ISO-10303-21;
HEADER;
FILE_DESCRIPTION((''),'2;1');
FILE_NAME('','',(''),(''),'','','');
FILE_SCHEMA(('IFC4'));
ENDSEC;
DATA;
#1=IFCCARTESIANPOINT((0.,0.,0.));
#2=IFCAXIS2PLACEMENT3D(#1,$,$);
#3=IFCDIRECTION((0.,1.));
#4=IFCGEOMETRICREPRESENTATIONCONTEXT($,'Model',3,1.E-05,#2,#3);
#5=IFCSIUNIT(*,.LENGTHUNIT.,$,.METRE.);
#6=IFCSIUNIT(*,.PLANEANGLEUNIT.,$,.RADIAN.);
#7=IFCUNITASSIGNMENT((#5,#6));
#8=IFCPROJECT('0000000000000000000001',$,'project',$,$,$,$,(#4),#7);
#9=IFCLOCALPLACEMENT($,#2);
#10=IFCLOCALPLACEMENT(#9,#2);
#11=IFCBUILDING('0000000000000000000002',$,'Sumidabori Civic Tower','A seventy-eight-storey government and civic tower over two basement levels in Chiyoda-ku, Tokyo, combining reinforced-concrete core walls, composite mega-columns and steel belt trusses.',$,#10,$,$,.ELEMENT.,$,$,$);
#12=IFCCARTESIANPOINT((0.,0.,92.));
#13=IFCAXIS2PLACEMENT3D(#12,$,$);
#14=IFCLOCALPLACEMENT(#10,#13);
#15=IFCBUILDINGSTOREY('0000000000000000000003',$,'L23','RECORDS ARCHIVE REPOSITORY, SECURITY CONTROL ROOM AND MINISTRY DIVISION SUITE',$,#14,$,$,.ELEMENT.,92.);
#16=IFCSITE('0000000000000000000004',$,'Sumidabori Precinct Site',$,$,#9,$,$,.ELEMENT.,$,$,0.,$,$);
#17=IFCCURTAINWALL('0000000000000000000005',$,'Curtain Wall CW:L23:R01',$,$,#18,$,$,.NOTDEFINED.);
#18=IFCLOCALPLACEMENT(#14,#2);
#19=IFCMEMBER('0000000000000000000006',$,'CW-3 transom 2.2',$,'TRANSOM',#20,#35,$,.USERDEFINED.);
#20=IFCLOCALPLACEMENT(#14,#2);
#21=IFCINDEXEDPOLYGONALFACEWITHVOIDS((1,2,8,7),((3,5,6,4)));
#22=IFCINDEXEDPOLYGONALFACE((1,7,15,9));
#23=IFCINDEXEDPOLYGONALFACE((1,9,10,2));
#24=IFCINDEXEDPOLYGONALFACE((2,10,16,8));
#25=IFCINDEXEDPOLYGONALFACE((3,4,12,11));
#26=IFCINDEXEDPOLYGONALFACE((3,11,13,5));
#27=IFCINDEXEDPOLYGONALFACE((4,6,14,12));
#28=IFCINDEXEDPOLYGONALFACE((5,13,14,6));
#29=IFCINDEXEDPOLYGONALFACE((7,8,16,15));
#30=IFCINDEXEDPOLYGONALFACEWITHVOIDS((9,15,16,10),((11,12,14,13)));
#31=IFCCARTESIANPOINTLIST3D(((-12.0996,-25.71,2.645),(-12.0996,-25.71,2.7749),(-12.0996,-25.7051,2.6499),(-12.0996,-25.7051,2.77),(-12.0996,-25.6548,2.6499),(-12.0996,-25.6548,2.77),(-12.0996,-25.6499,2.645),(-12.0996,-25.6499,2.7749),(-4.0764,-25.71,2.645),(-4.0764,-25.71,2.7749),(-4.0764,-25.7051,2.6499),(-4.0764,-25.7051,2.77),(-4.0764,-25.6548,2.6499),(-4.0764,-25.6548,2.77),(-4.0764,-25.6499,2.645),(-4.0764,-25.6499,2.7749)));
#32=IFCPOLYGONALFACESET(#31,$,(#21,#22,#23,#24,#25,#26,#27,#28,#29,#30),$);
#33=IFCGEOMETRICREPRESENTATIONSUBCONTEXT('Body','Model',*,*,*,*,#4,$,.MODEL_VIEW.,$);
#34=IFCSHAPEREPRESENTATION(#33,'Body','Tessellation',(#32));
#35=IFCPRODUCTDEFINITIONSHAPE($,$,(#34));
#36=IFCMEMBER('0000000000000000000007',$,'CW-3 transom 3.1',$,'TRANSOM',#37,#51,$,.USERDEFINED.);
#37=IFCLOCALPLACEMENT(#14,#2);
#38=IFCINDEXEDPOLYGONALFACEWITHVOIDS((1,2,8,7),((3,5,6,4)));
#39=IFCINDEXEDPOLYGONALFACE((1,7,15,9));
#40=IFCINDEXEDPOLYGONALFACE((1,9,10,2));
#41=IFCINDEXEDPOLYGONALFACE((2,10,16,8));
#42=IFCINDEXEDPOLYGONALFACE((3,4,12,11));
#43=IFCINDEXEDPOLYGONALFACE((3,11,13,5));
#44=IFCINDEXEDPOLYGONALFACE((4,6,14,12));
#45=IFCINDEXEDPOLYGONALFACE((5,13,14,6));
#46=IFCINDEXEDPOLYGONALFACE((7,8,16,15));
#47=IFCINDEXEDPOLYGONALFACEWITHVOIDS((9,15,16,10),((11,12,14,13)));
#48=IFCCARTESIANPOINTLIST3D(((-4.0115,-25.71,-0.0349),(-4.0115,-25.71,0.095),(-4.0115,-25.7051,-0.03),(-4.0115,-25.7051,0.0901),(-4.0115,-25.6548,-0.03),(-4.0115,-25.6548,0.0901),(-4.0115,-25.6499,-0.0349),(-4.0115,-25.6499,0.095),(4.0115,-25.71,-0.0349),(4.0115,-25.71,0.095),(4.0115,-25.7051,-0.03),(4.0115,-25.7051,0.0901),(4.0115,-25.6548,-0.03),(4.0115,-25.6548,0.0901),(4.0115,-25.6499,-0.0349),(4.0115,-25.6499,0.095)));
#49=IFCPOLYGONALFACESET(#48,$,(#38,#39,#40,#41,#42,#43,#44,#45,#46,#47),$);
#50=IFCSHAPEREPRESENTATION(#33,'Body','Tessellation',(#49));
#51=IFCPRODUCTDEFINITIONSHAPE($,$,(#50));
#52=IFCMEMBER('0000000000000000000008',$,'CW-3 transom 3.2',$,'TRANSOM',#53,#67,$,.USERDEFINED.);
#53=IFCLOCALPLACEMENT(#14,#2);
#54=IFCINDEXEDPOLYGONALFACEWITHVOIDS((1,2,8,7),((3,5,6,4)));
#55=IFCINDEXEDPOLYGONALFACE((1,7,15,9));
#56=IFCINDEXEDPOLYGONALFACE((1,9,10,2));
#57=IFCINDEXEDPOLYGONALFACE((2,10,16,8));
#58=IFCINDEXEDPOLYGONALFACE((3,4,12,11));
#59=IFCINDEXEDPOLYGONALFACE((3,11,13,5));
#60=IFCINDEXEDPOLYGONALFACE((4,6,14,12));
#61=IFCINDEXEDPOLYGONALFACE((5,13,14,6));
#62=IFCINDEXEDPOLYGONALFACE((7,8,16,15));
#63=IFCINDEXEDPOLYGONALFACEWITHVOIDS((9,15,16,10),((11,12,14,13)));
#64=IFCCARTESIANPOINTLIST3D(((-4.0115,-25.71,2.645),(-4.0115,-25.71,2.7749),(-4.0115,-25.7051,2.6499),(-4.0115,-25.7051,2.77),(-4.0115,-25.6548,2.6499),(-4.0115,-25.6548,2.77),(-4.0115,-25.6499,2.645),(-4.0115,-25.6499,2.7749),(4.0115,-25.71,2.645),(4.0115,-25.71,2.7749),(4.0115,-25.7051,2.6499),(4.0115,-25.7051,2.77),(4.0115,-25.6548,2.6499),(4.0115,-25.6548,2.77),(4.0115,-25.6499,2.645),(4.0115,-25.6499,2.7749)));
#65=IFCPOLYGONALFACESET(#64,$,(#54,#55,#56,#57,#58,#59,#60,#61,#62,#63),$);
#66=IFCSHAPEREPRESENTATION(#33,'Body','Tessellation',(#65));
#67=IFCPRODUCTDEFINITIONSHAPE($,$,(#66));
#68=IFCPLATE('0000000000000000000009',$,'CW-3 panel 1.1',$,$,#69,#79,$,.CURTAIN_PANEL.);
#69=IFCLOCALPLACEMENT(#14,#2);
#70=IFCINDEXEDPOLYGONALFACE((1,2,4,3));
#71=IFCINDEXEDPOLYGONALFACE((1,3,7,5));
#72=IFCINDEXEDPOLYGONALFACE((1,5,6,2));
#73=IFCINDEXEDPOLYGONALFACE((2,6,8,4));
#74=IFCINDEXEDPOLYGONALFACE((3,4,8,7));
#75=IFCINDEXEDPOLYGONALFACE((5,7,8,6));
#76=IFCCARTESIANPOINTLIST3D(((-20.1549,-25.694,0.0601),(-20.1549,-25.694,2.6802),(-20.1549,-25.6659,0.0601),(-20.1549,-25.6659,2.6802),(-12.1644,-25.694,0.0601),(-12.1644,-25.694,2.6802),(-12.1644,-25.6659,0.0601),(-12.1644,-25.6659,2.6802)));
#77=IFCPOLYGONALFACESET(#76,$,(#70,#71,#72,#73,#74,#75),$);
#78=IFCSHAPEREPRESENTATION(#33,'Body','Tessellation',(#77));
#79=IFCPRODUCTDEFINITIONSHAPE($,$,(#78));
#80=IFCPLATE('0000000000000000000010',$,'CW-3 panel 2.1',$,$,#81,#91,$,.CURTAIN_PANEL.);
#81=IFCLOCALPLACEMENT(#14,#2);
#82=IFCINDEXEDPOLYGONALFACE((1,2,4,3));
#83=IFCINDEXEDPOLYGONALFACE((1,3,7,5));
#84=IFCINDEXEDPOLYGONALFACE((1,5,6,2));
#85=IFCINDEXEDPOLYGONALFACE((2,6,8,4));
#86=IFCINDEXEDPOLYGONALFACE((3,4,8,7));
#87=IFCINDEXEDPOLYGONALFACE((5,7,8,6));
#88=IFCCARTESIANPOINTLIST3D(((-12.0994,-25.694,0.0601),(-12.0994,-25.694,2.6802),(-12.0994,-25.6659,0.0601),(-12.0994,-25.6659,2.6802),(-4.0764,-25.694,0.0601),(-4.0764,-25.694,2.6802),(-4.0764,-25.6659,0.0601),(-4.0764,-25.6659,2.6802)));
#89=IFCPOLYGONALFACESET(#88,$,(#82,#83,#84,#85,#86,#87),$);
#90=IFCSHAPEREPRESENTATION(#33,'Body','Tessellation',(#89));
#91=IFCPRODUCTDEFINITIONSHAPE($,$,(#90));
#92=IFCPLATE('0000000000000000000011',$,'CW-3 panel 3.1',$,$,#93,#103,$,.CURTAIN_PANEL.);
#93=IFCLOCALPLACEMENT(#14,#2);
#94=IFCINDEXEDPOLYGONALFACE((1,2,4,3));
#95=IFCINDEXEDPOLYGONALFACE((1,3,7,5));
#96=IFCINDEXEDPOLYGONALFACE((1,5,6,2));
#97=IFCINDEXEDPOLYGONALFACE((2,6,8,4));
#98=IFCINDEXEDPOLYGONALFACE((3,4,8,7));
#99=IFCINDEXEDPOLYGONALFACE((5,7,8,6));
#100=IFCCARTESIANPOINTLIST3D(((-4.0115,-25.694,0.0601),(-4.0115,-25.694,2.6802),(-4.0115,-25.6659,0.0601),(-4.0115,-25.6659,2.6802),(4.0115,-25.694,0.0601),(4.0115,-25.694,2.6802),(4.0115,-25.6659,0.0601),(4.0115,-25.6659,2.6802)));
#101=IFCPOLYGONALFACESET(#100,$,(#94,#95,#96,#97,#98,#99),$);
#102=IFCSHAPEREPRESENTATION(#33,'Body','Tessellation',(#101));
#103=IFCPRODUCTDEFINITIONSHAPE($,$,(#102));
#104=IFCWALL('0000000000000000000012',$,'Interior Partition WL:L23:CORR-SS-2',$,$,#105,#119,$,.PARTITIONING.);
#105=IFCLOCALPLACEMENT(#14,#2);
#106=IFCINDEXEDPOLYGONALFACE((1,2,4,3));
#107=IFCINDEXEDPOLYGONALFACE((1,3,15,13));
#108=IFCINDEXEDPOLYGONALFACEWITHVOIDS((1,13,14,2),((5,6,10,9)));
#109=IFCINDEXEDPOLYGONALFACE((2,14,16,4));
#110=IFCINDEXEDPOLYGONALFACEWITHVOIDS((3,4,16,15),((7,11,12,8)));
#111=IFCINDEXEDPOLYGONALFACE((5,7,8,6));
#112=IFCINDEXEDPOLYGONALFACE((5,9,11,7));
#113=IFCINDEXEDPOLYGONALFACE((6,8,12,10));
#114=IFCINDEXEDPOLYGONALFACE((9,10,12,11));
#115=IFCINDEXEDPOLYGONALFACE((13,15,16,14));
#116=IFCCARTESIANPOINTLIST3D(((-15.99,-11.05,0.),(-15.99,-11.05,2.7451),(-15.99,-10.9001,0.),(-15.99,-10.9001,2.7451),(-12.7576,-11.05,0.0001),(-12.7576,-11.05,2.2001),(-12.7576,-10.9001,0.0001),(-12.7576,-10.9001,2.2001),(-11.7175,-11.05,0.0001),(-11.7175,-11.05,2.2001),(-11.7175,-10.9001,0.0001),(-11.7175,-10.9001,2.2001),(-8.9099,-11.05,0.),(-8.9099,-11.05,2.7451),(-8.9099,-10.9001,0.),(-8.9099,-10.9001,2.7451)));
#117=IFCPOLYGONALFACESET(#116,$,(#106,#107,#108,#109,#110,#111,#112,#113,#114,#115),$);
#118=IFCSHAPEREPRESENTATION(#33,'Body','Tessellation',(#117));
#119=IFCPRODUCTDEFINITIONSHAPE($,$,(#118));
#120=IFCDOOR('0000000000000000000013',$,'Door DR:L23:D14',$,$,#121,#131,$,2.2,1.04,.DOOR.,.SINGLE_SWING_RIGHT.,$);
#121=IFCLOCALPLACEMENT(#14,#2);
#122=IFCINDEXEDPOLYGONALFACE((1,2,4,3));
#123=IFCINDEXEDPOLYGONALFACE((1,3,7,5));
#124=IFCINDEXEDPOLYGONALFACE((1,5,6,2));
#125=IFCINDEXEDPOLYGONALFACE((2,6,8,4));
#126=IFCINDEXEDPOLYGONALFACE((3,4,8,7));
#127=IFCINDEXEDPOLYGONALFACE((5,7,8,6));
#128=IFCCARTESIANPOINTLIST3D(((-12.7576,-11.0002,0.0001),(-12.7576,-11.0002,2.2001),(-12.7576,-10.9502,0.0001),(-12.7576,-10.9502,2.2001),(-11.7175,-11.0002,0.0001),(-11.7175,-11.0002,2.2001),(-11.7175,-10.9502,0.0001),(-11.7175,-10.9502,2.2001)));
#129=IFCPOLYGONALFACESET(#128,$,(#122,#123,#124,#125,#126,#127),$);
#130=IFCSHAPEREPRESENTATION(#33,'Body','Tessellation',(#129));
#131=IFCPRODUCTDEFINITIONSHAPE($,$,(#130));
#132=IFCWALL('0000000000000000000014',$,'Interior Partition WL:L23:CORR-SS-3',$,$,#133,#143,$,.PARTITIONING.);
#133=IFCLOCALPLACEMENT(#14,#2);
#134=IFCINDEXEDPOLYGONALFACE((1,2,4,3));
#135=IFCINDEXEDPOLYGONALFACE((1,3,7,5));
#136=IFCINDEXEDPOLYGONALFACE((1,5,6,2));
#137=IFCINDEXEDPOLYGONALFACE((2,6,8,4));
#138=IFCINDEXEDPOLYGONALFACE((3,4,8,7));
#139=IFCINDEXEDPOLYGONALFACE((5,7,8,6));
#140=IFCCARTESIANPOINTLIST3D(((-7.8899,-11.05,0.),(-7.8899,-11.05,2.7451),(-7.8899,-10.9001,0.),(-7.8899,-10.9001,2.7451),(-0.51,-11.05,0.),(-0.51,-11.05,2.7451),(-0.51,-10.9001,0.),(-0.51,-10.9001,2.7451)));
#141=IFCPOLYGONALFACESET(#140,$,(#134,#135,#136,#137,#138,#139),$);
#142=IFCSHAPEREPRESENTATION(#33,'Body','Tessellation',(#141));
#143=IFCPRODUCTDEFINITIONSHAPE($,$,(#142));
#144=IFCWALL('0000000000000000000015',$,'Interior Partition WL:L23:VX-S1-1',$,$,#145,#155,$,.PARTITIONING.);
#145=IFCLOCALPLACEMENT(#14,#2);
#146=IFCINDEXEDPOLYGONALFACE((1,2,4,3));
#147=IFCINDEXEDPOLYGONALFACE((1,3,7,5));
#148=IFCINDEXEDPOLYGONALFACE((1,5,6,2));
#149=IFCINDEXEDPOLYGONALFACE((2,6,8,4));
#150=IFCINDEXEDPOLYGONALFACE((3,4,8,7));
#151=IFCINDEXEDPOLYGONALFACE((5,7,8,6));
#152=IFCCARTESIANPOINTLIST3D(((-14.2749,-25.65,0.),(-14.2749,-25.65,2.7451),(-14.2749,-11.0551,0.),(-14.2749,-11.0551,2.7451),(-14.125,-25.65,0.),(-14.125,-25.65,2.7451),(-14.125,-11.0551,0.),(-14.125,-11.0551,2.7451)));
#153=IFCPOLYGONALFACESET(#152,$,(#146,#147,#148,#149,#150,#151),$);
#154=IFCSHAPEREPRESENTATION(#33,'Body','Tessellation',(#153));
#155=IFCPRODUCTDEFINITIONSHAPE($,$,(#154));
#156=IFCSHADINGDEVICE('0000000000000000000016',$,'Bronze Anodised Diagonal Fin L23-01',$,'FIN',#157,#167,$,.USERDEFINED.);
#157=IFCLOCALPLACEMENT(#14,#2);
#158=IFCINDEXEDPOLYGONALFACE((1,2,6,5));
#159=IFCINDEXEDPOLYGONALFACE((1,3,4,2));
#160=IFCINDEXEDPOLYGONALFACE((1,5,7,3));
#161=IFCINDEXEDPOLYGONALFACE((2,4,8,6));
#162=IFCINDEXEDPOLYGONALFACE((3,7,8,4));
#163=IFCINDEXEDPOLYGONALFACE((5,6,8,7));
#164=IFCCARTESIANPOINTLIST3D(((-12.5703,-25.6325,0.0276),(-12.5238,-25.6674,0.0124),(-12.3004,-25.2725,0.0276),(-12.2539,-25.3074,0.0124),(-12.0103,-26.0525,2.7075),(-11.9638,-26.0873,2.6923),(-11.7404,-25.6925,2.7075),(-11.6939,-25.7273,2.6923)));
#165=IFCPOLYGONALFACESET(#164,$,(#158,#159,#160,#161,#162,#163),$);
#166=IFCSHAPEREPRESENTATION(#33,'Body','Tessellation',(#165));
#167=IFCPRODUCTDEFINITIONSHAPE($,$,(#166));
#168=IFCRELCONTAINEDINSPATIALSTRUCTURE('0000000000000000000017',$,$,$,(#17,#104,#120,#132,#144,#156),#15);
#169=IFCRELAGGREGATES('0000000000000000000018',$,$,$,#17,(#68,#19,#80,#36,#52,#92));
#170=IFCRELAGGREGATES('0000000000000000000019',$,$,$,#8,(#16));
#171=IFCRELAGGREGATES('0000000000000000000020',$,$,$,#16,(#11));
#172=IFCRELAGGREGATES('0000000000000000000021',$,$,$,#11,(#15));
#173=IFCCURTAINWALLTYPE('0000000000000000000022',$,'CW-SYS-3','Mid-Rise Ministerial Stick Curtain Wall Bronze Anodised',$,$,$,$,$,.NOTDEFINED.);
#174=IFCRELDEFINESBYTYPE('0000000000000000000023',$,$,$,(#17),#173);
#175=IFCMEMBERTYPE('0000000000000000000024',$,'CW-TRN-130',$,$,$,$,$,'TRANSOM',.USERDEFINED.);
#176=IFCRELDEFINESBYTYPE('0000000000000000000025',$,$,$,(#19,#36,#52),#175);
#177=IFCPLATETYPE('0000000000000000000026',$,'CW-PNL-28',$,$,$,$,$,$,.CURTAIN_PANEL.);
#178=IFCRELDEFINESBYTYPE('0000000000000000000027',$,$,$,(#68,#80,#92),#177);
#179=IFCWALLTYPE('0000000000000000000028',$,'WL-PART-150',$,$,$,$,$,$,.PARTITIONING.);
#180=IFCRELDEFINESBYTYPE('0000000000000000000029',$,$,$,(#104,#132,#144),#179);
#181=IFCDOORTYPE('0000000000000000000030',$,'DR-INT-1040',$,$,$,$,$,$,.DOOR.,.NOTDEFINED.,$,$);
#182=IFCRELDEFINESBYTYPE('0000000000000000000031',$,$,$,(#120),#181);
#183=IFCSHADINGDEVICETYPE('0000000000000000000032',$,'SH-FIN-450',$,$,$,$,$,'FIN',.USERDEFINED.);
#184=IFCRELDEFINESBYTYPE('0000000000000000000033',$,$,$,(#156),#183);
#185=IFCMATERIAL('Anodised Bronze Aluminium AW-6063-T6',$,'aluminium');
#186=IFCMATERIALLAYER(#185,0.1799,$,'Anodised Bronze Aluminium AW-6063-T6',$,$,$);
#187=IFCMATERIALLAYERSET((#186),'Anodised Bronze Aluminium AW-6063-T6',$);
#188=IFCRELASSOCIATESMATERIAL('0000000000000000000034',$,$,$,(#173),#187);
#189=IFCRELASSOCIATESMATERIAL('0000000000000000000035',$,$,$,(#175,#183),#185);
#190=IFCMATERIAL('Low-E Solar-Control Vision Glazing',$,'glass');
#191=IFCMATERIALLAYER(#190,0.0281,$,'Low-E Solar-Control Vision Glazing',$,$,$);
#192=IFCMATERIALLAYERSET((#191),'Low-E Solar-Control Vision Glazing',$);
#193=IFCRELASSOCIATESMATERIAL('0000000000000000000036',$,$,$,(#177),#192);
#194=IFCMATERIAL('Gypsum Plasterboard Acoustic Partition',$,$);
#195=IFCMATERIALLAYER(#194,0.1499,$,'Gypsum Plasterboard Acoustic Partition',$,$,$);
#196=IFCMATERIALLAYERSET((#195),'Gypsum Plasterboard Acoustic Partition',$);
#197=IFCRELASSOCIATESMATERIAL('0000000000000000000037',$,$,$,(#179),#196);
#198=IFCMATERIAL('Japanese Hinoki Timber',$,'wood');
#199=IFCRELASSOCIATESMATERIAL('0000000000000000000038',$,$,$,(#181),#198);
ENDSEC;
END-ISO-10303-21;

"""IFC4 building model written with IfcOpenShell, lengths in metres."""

from ifc_helpers import new_model, si_unit, direction, frame, frame_2d, origin, origin_2d, place, context, subcontext, project, spatial, rectangle, hollow_rectangle, extrude, source, transform, mapped, material, layer, layer_set, material_profile, profile_set, type_object, element, fill, aggregate, save


model = new_model("IFC4")

# Units and contexts
model_context = context("Model", 3, precision=1e-05, world=origin(), true_north=direction((0.0, 1.0)))
body_context = subcontext(model_context, "Body", "Model", "MODEL_VIEW")
ifc_project = project(units=[si_unit("LENGTHUNIT", "METRE"), si_unit("PLANEANGLEUNIT", "RADIAN")], contexts=[model_context])

# Site, building, storey
site_placement = place(None, origin())
site = spatial("IfcSite", under=ifc_project, at=site_placement, Name="Sumidabori Precinct Site", CompositionType="ELEMENT", RefElevation=0.0)
building_placement = place(site_placement, origin())
building = spatial("IfcBuilding", under=site, at=building_placement, Name="Sumidabori Civic Tower", Description="A seventy-eight-storey government and civic tower over two basement levels in Chiyoda-ku, Tokyo, combining reinforced-concrete core walls, composite mega-columns and steel belt trusses.", CompositionType="ELEMENT")
storey_placement = place(building_placement, frame((0.0, 0.0, 92.0)))
storey = spatial("IfcBuildingStorey", under=building, at=storey_placement, Name="L23", Description="RECORDS ARCHIVE REPOSITORY, SECURITY CONTROL ROOM AND MINISTRY DIVISION SUITE", CompositionType="ELEMENT", Elevation=92.0)

# Curtain wall, members, plates
ifc_material_1 = material(Name="Anodised Bronze Aluminium AW-6063-T6", Category="aluminium")
ifc_layer_1 = layer(ifc_material_1, 0.1799, Name="Anodised Bronze Aluminium AW-6063-T6")
ifc_layer_set_1 = layer_set([ifc_layer_1], Name="Anodised Bronze Aluminium AW-6063-T6")
curtain_wall_type = type_object("IfcCurtainWallType", Name="CW-SYS-3", Description="Mid-Rise Ministerial Stick Curtain Wall Bronze Anodised", PredefinedType="NOTDEFINED", material=ifc_layer_set_1)
curtain_wall_placement = place(storey_placement, origin())
curtain_wall = element("IfcCurtainWall", 1, at=curtain_wall_placement, inside=storey, type_object=curtain_wall_type, Name="Curtain Wall CW:L23:R01", PredefinedType="NOTDEFINED")
ifc_material_profile_1 = material_profile(ifc_material_1, hollow_rectangle(XDim=0.0601, YDim=0.1299, WallThickness=0.0049, at=origin_2d()), Name="ALU TRANSOM 130x60")
ifc_profile_set_1 = profile_set([ifc_material_profile_1], Name="Anodised Bronze Aluminium AW-6063-T6")
member_type_1 = type_object("IfcMemberType", Name="CW-TRN-130", ElementType="TRANSOM", PredefinedType="USERDEFINED", material=ifc_profile_set_1)
shared_shape_1 = source(origin(), body_context, "Body", "SweptSolid", [
    extrude(hollow_rectangle(XDim=0.0601, YDim=0.1299, WallThickness=0.0049, at=origin_2d()), origin(), (0.0, 0.0, 1.0), 8.0232),
])
member_1_placement = place(storey_placement, frame((-12.0996, -25.6799, 2.71), z_axis=(1.0, 0.0, 0.0), x_axis=(0.0, 1.0, 0.0)))
member_1 = element("IfcMember", 2, at=member_1_placement, type_object=member_type_1, Name="CW-3 transom 2.2", ObjectType="TRANSOM", PredefinedType="USERDEFINED", context=body_context, shape_type="MappedRepresentation", body=[
    mapped(shared_shape_1, transform((0.0, 0.0, 0.0), x_axis=(1.0, 0.0, 0.0), y_axis=(0.0, 1.0, 0.0), z_axis=(0.0, 0.0, 1.0), scale=1.0)),
])
shared_shape_2 = source(origin(), body_context, "Body", "SweptSolid", [
    extrude(hollow_rectangle(XDim=0.0601, YDim=0.1299, WallThickness=0.0049, at=origin_2d()), origin(), (0.0, 0.0, 1.0), 8.0229),
])
member_2_placement = place(storey_placement, frame((-4.0115, -25.6799, 0.03), z_axis=(1.0, 0.0, 0.0), x_axis=(0.0, 1.0, 0.0)))
member_2 = element("IfcMember", 3, at=member_2_placement, type_object=member_type_1, Name="CW-3 transom 3.1", ObjectType="TRANSOM", PredefinedType="USERDEFINED", context=body_context, shape_type="MappedRepresentation", body=[
    mapped(shared_shape_2, transform((0.0, 0.0, 0.0), x_axis=(1.0, 0.0, 0.0), y_axis=(0.0, 1.0, 0.0), z_axis=(0.0, 0.0, 1.0), scale=1.0)),
])
member_3_placement = place(storey_placement, frame((-4.0115, -25.6799, 2.71), z_axis=(1.0, 0.0, 0.0), x_axis=(0.0, 1.0, 0.0)))
member_3 = element("IfcMember", 4, at=member_3_placement, type_object=member_type_1, Name="CW-3 transom 3.2", ObjectType="TRANSOM", PredefinedType="USERDEFINED", context=body_context, shape_type="MappedRepresentation", body=[
    mapped(shared_shape_2, transform((0.0, 0.0, 0.0), x_axis=(1.0, 0.0, 0.0), y_axis=(0.0, 1.0, 0.0), z_axis=(0.0, 0.0, 1.0), scale=1.0)),
])
ifc_material_2 = material(Name="Low-E Solar-Control Vision Glazing", Category="glass")
ifc_layer_2 = layer(ifc_material_2, 0.0281, Name="Low-E Solar-Control Vision Glazing")
ifc_layer_set_2 = layer_set([ifc_layer_2], Name="Low-E Solar-Control Vision Glazing")
plate_type = type_object("IfcPlateType", Name="CW-PNL-28", PredefinedType="CURTAIN_PANEL", material=ifc_layer_set_2)
shared_shape_3 = source(origin(), body_context, "Body", "SweptSolid", [
    extrude(rectangle(XDim=7.9905, YDim=0.0281, at=origin_2d()), origin(), (0.0, 0.0, 1.0), 2.6201),
])
plate_1_placement = place(storey_placement, frame((-16.1597, -25.6799, 0.0601), z_axis=(0.0, 0.0, 1.0), x_axis=(1.0, 0.0, 0.0)))
plate_1 = element("IfcPlate", 5, at=plate_1_placement, type_object=plate_type, Name="CW-3 panel 1.1", PredefinedType="CURTAIN_PANEL", context=body_context, shape_type="MappedRepresentation", body=[
    mapped(shared_shape_3, transform((0.0, 0.0, 0.0), x_axis=(1.0, 0.0, 0.0), y_axis=(0.0, 1.0, 0.0), z_axis=(0.0, 0.0, 1.0), scale=1.0)),
])
shared_shape_4 = source(origin(), body_context, "Body", "SweptSolid", [
    extrude(rectangle(XDim=8.0229, YDim=0.0281, at=origin_2d()), origin(), (0.0, 0.0, 1.0), 2.6201),
])
plate_2_placement = place(storey_placement, frame((-8.0879, -25.6799, 0.0601), z_axis=(0.0, 0.0, 1.0), x_axis=(1.0, 0.0, 0.0)))
plate_2 = element("IfcPlate", 6, at=plate_2_placement, type_object=plate_type, Name="CW-3 panel 2.1", PredefinedType="CURTAIN_PANEL", context=body_context, shape_type="MappedRepresentation", body=[
    mapped(shared_shape_4, transform((0.0, 0.0, 0.0), x_axis=(1.0, 0.0, 0.0), y_axis=(0.0, 1.0, 0.0), z_axis=(0.0, 0.0, 1.0), scale=1.0)),
])
plate_3_placement = place(storey_placement, frame((0.0, -25.6799, 0.0601), z_axis=(0.0, 0.0, 1.0), x_axis=(1.0, 0.0, 0.0)))
plate_3 = element("IfcPlate", 7, at=plate_3_placement, type_object=plate_type, Name="CW-3 panel 3.1", PredefinedType="CURTAIN_PANEL", context=body_context, shape_type="MappedRepresentation", body=[
    mapped(shared_shape_4, transform((0.0, 0.0, 0.0), x_axis=(1.0, 0.0, 0.0), y_axis=(0.0, 1.0, 0.0), z_axis=(0.0, 0.0, 1.0), scale=1.0)),
])
aggregate(curtain_wall, [plate_1, member_1, plate_2, member_2, member_3, plate_3])

# Wall, opening, door
ifc_material_3 = material(Name="Gypsum Plasterboard Acoustic Partition")
ifc_layer_3 = layer(ifc_material_3, 0.1499, Name="Gypsum Plasterboard Acoustic Partition")
ifc_layer_set_3 = layer_set([ifc_layer_3], Name="Gypsum Plasterboard Acoustic Partition")
wall_type = type_object("IfcWallType", Name="WL-PART-150", PredefinedType="PARTITIONING", material=ifc_layer_set_3)
shared_shape_5 = source(origin(), body_context, "Body", "SweptSolid", [
    extrude(rectangle(XDim=7.0801, YDim=0.1499, at=frame_2d((3.54, 0.0))), origin(), (0.0, 0.0, 1.0), 2.7451),
])
wall_1_placement = place(storey_placement, frame((-15.99, -10.9751, 0.0), z_axis=(0.0, 0.0, 1.0), x_axis=(1.0, 0.0, 0.0)))
wall_1 = element("IfcWall", 8, at=wall_1_placement, inside=storey, type_object=wall_type, Name="Interior Partition WL:L23:CORR-SS-2", PredefinedType="PARTITIONING", context=body_context, shape_type="MappedRepresentation", body=[
    mapped(shared_shape_5, transform((0.0, 0.0, 0.0), x_axis=(1.0, 0.0, 0.0), y_axis=(0.0, 1.0, 0.0), z_axis=(0.0, 0.0, 1.0), scale=1.0)),
])
opening_placement = place(wall_1_placement, frame((3.2324, 0.0, 0.0)))
opening = element("IfcOpeningElement", 9, at=opening_placement, cuts=wall_1, PredefinedType="OPENING", context=body_context, shape_type="SweptSolid", body=[
    extrude(rectangle(XDim=1.04, YDim=2.2, at=frame_2d((0.52, 1.1001))), frame((0.0, 0.0869, 0.0), z_axis=(0.0, -1.0, 0.0), x_axis=(1.0, 0.0, 0.0)), (0.0, 0.0, 1.0), 0.1738),
])
ifc_material_4 = material(Name="Japanese Hinoki Timber", Category="wood")
door_type = type_object("IfcDoorType", Name="DR-INT-1040", OperationType="NOTDEFINED", PredefinedType="DOOR", material=ifc_material_4)
shared_shape_6 = source(origin(), body_context, "Body", "SweptSolid", [
    extrude(rectangle(XDim=1.04, YDim=2.2, at=frame_2d((0.52, 1.1001))), frame((0.0, 0.0249, 0.0), z_axis=(0.0, -1.0, 0.0), x_axis=(1.0, 0.0, 0.0)), (0.0, 0.0, 1.0), 0.05),
])
door_placement = place(opening_placement, origin())
door = element("IfcDoor", 10, at=door_placement, inside=storey, type_object=door_type, Name="Door DR:L23:D14", OperationType="SINGLE_SWING_RIGHT", OverallHeight=2.2, OverallWidth=1.04, PredefinedType="DOOR", context=body_context, shape_type="MappedRepresentation", body=[
    mapped(shared_shape_6, transform((0.0, 0.0, 0.0), x_axis=(1.0, 0.0, 0.0), y_axis=(0.0, 1.0, 0.0), z_axis=(0.0, 0.0, 1.0), scale=1.0)),
])
fill(opening, door)

# Walls
shared_shape_7 = source(origin(), body_context, "Body", "SweptSolid", [
    extrude(rectangle(XDim=7.3799, YDim=0.1499, at=frame_2d((3.6899, 0.0))), origin(), (0.0, 0.0, 1.0), 2.7451),
])
wall_2_placement = place(storey_placement, frame((-7.8899, -10.9751, 0.0), z_axis=(0.0, 0.0, 1.0), x_axis=(1.0, 0.0, 0.0)))
element("IfcWall", 11, at=wall_2_placement, inside=storey, type_object=wall_type, Name="Interior Partition WL:L23:CORR-SS-3", PredefinedType="PARTITIONING", context=body_context, shape_type="MappedRepresentation", body=[
    mapped(shared_shape_7, transform((0.0, 0.0, 0.0), x_axis=(1.0, 0.0, 0.0), y_axis=(0.0, 1.0, 0.0), z_axis=(0.0, 0.0, 1.0), scale=1.0)),
])
shared_shape_8 = source(origin(), body_context, "Body", "SweptSolid", [
    extrude(rectangle(XDim=14.595, YDim=0.1499, at=frame_2d((7.2974, 0.0))), origin(), (0.0, 0.0, 1.0), 2.7451),
])
wall_3_placement = place(storey_placement, frame((-14.2, -25.6499, 0.0), z_axis=(0.0, 0.0, 1.0), x_axis=(0.0, 1.0, 0.0)))
element("IfcWall", 12, at=wall_3_placement, inside=storey, type_object=wall_type, Name="Interior Partition WL:L23:VX-S1-1", PredefinedType="PARTITIONING", context=body_context, shape_type="MappedRepresentation", body=[
    mapped(shared_shape_8, transform((0.0, 0.0, 0.0), x_axis=(1.0, 0.0, 0.0), y_axis=(0.0, 1.0, 0.0), z_axis=(0.0, 0.0, 1.0), scale=1.0)),
])

# Shading device
ifc_material_profile_2 = material_profile(ifc_material_1, rectangle(XDim=0.0601, YDim=0.45, at=origin_2d()), Name="BRONZE FIN 450x60")
ifc_profile_set_2 = profile_set([ifc_material_profile_2], Name="Anodised Bronze Aluminium AW-6063-T6")
shading_device_type = type_object("IfcShadingDeviceType", Name="SH-FIN-450", ElementType="FIN", PredefinedType="USERDEFINED", material=ifc_profile_set_2)
shared_shape_9 = source(origin(), body_context, "Body", "SweptSolid", [
    extrude(rectangle(XDim=0.0601, YDim=0.45, at=origin_2d()), origin(), (0.0, 0.0, 1.0), 2.7698),
])
shading_device_placement = place(storey_placement, frame((-12.4121, -25.47, 0.02), z_axis=(0.202199, -0.151605, 0.967539), x_axis=(0.774112, -0.580415, -0.252722)))
element("IfcShadingDevice", 13, at=shading_device_placement, inside=storey, type_object=shading_device_type, Name="Bronze Anodised Diagonal Fin L23-01", ObjectType="FIN", PredefinedType="USERDEFINED", context=body_context, shape_type="MappedRepresentation", body=[
    mapped(shared_shape_9, transform((0.0, 0.0, 0.0), x_axis=(1.0, 0.0, 0.0), y_axis=(0.0, 1.0, 0.0), z_axis=(0.0, 0.0, 1.0), scale=1.0)),
])

save(model, "model.ifc")
